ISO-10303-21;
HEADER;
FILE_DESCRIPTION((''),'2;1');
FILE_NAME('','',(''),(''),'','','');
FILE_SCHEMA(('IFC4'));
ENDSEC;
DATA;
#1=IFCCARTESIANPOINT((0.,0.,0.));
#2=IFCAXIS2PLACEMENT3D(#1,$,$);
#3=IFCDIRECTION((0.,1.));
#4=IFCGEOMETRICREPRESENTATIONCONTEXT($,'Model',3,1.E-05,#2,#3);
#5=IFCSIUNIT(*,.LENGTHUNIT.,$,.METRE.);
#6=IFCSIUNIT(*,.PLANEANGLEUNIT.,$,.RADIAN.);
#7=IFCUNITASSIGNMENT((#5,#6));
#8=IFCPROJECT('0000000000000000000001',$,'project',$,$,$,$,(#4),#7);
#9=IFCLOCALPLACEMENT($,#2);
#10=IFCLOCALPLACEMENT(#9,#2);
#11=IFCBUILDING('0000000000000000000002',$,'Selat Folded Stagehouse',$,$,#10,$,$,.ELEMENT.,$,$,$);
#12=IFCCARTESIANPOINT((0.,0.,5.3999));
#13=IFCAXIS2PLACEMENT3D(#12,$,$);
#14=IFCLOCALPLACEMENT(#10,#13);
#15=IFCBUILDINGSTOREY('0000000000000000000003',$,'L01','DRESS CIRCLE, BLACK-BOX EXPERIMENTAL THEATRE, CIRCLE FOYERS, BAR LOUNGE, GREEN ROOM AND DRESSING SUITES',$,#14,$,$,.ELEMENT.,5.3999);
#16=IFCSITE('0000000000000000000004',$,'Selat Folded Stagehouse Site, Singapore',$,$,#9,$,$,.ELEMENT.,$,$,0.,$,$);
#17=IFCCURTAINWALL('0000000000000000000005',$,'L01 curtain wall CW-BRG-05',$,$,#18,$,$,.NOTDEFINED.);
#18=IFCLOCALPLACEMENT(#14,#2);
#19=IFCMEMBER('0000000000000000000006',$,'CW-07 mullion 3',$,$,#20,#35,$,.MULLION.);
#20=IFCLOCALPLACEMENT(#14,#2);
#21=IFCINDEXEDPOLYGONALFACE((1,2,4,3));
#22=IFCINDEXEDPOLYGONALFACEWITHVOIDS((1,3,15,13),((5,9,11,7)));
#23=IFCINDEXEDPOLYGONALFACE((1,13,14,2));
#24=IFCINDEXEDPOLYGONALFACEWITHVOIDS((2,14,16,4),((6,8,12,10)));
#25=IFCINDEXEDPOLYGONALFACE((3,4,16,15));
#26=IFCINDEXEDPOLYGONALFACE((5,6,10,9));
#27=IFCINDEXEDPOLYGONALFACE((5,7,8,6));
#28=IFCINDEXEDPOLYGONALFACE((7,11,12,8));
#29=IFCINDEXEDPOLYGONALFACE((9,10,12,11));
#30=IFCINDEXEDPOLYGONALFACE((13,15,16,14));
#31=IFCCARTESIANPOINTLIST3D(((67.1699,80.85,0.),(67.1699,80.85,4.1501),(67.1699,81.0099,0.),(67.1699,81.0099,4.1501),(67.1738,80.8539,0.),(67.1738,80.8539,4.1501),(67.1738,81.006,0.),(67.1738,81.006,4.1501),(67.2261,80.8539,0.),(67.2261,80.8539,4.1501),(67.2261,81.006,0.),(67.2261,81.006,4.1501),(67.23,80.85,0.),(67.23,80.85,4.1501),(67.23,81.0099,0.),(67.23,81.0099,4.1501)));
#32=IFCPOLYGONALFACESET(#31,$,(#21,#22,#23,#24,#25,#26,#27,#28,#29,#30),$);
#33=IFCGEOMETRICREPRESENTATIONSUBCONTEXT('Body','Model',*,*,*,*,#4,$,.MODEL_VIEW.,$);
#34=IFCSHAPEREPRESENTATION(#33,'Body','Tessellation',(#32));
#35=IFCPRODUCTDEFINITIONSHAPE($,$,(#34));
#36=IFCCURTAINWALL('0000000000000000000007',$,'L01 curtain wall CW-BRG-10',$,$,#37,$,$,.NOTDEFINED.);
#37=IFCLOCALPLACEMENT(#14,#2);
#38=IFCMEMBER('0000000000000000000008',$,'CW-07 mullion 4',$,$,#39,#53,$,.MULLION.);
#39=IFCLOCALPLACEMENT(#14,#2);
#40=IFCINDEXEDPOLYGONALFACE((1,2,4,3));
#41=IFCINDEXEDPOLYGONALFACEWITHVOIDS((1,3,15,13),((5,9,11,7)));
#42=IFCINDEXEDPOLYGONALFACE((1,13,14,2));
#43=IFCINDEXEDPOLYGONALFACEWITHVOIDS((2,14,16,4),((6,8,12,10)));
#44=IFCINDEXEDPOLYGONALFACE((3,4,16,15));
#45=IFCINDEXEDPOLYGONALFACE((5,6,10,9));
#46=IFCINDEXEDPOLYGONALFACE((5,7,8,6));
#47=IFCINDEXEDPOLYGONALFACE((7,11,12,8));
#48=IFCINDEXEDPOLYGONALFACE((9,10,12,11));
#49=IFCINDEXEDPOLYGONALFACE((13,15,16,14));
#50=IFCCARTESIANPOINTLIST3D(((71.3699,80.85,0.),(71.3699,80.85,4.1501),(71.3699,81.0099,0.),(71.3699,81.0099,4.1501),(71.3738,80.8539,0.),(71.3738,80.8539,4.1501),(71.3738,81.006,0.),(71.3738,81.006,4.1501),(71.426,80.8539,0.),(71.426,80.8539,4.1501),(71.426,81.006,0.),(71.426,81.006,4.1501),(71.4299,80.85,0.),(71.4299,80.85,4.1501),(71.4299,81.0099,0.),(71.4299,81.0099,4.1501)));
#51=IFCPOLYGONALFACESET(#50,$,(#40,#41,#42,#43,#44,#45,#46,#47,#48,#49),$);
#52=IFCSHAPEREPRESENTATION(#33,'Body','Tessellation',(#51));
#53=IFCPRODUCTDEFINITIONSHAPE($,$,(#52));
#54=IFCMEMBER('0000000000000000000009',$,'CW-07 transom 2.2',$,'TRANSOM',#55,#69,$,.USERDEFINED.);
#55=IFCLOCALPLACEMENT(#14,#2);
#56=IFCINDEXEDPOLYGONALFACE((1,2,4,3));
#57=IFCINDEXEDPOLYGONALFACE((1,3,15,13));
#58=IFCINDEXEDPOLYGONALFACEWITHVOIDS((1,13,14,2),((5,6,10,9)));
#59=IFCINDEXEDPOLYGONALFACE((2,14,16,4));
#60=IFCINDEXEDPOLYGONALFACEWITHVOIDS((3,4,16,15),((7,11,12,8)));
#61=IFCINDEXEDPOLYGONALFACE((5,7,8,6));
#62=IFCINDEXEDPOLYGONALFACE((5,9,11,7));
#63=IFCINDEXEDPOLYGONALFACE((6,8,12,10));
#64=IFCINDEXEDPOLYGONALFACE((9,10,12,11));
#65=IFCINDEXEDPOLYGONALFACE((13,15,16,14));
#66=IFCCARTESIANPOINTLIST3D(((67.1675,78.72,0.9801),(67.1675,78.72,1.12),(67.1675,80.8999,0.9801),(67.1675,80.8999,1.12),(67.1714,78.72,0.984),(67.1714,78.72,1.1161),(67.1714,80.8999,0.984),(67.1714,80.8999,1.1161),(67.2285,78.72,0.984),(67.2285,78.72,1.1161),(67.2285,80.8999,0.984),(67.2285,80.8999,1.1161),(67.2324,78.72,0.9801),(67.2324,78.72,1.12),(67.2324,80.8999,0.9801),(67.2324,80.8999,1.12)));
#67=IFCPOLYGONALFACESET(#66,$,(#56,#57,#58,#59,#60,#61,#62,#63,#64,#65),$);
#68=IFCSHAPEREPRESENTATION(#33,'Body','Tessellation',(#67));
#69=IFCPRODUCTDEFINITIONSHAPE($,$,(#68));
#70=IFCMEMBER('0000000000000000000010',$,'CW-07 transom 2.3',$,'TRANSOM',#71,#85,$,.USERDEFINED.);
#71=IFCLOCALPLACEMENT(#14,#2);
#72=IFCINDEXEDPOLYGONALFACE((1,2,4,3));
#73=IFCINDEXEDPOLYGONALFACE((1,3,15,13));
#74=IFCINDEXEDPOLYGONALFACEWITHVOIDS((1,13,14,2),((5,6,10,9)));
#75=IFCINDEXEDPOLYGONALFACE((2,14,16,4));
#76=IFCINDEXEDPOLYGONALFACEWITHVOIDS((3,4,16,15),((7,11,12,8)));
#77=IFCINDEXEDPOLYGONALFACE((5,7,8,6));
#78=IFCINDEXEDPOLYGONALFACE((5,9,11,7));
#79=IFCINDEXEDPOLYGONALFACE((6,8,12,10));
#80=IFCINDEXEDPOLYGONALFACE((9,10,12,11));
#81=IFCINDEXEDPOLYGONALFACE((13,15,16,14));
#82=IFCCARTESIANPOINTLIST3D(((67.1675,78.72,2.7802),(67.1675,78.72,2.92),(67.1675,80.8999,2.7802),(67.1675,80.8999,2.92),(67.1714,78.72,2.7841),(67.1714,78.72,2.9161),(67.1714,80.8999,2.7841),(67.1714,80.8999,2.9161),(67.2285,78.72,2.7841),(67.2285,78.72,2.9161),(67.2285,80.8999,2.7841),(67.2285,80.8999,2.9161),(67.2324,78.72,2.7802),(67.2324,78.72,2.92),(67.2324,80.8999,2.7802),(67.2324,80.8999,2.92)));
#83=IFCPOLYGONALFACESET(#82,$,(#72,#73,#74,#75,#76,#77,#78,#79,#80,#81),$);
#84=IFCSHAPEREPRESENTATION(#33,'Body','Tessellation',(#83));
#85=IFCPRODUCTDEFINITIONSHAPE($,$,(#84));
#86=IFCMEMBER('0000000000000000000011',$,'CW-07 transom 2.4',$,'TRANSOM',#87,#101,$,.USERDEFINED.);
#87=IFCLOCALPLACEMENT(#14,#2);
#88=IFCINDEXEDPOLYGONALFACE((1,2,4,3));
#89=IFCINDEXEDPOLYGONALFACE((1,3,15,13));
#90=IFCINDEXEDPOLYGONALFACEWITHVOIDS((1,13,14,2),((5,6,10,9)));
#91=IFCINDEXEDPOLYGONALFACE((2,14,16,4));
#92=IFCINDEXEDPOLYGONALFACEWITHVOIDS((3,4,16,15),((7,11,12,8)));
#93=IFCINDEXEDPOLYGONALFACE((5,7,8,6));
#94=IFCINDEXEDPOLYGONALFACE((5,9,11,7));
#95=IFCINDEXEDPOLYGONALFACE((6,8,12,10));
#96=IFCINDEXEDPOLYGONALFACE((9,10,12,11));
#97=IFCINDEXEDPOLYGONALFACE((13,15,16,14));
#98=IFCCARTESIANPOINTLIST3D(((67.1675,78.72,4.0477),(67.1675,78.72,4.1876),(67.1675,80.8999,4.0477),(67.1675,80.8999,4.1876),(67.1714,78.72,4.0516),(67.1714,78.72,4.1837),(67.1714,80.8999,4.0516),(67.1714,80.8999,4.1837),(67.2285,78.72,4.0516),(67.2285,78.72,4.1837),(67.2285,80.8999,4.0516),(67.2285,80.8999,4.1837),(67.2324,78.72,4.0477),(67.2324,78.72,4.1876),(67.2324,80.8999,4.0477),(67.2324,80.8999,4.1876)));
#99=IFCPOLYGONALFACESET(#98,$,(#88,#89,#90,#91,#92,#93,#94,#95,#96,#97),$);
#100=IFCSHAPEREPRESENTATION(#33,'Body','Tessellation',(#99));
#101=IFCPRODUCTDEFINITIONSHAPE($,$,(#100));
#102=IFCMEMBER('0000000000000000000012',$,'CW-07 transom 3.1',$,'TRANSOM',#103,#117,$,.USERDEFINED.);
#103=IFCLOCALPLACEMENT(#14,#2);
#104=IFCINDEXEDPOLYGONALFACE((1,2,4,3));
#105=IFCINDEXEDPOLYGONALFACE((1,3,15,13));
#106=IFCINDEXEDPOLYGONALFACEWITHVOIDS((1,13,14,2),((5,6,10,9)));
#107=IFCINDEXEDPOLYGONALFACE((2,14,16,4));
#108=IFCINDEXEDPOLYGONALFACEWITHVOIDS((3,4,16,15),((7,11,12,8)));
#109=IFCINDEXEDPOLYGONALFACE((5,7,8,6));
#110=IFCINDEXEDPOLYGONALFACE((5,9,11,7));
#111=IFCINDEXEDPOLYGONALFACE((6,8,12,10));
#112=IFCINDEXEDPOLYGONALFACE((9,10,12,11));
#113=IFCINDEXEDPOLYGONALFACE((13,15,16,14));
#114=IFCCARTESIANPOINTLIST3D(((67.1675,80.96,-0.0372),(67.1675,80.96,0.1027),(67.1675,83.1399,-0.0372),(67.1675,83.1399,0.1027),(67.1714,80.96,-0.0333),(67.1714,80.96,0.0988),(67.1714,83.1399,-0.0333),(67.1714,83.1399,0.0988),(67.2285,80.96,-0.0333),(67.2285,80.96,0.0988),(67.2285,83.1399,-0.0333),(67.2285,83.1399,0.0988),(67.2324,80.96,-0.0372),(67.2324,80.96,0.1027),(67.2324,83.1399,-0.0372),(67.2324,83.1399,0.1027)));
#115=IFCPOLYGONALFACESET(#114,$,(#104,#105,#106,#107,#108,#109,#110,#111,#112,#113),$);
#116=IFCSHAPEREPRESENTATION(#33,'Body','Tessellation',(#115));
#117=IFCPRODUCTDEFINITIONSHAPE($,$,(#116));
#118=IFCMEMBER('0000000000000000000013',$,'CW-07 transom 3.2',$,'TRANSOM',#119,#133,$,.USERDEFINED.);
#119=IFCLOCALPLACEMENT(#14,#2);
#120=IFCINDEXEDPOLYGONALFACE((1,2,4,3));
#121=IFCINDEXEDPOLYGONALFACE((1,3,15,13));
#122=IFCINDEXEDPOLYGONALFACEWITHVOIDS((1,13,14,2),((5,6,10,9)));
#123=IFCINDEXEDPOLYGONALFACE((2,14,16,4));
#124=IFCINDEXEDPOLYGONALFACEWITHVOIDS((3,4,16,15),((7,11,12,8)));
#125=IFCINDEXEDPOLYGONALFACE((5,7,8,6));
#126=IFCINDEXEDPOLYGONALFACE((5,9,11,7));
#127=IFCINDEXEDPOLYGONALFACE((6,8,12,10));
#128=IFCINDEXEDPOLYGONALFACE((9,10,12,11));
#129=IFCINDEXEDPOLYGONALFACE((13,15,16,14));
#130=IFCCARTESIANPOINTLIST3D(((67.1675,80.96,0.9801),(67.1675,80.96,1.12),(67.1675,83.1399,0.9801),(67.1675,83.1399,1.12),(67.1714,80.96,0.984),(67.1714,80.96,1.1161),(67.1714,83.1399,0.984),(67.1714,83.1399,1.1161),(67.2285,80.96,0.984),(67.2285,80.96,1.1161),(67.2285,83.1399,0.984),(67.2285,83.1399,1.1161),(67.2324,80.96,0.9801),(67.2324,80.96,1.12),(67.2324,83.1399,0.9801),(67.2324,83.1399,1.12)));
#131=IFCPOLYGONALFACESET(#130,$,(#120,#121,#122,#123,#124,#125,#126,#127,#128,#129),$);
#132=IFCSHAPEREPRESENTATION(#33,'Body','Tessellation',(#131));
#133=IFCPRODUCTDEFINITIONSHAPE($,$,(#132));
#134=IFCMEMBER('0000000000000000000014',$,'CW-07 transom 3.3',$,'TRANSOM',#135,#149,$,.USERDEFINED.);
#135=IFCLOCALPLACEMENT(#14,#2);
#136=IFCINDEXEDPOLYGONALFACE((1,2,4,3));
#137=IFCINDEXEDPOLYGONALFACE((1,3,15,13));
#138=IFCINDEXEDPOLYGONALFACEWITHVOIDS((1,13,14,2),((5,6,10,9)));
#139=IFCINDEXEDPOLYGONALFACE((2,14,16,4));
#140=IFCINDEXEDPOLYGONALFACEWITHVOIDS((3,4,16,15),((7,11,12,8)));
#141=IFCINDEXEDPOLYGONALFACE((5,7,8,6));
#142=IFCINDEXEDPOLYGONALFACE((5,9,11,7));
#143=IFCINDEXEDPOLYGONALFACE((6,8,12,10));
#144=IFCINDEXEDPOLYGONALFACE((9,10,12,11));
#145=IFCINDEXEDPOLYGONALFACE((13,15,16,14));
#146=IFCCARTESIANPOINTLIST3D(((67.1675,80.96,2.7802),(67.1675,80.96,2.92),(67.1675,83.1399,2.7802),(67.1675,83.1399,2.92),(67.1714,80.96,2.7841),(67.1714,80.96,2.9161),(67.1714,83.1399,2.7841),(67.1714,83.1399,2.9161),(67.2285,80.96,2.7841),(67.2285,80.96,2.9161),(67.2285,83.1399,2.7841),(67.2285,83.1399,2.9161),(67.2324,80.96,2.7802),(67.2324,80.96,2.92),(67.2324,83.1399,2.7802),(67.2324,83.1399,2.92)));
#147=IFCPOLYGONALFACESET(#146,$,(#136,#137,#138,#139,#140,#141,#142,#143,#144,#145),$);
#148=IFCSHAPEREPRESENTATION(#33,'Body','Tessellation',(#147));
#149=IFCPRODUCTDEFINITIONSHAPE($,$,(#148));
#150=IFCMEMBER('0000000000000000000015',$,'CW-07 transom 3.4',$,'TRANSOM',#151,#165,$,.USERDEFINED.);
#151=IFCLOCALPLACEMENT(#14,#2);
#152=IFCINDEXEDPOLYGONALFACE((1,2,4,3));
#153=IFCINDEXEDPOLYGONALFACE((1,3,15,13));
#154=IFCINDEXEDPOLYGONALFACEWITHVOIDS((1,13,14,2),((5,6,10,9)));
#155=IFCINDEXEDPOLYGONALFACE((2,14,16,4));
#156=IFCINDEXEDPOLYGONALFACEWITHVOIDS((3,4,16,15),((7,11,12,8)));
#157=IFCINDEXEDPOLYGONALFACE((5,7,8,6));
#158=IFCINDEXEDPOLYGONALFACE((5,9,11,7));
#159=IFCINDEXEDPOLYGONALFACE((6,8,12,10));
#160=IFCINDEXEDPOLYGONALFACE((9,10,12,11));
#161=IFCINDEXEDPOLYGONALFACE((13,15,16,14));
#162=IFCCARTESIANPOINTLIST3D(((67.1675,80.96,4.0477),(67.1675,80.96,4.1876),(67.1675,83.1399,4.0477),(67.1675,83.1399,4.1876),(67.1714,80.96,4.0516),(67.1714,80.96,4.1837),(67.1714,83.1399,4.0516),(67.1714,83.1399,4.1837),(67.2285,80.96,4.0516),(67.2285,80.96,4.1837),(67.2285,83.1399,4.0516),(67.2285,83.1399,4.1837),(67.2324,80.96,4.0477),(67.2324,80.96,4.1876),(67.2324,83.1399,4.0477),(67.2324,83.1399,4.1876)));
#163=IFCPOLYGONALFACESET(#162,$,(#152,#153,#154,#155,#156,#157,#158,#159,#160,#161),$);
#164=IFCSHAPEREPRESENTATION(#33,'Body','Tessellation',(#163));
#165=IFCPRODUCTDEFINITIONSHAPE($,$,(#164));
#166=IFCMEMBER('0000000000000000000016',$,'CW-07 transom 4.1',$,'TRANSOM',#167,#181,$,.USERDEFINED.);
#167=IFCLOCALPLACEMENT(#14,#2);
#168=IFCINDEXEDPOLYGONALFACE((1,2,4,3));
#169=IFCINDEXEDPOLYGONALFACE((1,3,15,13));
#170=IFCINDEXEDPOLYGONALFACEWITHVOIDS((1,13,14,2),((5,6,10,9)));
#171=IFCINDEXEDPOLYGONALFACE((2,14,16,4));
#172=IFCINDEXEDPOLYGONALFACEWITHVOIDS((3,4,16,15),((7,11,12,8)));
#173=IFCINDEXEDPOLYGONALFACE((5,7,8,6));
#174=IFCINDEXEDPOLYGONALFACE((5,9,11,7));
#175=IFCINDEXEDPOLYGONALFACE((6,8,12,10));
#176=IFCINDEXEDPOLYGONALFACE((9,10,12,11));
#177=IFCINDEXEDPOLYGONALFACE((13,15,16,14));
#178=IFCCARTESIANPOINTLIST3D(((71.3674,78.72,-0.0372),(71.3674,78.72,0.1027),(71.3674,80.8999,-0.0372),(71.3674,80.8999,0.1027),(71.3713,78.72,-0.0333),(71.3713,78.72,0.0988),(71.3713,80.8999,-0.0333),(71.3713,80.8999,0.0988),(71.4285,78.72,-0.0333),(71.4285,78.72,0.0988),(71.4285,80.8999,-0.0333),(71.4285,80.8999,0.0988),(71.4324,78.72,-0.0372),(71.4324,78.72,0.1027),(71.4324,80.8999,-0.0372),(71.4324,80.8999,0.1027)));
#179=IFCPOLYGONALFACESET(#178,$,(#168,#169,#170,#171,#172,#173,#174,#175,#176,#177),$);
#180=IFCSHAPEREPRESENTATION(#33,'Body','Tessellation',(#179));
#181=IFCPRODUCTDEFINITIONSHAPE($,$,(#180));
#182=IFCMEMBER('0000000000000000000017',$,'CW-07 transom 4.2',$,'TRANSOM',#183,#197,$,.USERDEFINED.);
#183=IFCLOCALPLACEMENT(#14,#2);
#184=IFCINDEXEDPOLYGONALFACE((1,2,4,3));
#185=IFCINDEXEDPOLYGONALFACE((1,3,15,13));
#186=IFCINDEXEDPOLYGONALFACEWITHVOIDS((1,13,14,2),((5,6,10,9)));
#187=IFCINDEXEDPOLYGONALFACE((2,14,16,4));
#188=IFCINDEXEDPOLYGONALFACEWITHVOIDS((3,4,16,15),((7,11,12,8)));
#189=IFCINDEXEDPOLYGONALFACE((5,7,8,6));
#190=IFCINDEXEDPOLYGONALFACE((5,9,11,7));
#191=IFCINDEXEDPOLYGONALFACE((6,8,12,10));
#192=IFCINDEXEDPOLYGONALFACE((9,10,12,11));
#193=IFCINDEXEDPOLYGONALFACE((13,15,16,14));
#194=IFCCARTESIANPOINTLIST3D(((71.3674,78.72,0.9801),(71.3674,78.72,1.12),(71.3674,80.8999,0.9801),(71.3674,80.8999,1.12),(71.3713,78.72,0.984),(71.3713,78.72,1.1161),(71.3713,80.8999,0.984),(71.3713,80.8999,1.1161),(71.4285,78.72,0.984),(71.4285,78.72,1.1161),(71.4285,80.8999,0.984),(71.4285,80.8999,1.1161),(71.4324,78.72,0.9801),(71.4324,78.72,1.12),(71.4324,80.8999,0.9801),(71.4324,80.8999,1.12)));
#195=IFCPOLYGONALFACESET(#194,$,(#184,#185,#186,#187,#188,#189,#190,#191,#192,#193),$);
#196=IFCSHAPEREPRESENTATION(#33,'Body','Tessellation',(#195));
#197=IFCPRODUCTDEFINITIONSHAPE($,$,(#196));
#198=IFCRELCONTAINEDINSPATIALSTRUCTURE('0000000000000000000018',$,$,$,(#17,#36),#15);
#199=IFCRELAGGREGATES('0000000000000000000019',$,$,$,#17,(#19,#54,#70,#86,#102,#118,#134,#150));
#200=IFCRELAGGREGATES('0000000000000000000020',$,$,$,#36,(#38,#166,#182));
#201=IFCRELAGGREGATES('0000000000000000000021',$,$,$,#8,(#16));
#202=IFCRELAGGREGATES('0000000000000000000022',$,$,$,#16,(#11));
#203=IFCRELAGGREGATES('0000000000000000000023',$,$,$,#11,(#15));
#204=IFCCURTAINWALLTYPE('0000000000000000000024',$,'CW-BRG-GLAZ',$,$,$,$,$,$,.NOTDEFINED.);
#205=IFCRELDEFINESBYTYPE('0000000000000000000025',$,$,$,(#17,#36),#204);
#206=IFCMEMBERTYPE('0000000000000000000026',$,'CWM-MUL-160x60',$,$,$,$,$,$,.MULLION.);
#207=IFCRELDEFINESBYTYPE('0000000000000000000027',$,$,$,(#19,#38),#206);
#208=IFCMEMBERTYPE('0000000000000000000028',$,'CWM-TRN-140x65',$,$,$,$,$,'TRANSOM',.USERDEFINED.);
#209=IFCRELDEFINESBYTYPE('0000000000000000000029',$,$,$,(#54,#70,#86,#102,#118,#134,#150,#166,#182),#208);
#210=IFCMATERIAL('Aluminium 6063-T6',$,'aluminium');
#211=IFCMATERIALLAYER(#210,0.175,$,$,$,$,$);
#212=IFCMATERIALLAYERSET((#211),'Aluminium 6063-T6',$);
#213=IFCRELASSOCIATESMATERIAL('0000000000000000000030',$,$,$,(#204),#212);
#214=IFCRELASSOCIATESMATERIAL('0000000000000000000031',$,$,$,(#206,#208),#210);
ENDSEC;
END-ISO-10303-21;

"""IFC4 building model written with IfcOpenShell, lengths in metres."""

from ifc_helpers import new_model, si_unit, direction, frame, origin, origin_2d, place, context, subcontext, project, spatial, hollow_rectangle, extrude, material, layer, layer_set, material_profile, profile_set, type_object, element, aggregate, save


model = new_model("IFC4")

# Units and contexts
model_context = context("Model", 3, precision=1e-05, world=origin(), true_north=direction((0.0, 1.0)))
body_context = subcontext(model_context, "Body", "Model", "MODEL_VIEW")
ifc_project = project(units=[si_unit("LENGTHUNIT", "METRE"), si_unit("PLANEANGLEUNIT", "RADIAN")], contexts=[model_context])

# Site, building, storey
site_placement = place(None, origin())
site = spatial("IfcSite", under=ifc_project, at=site_placement, Name="Selat Folded Stagehouse Site, Singapore", CompositionType="ELEMENT", RefElevation=0.0)
building_placement = place(site_placement, origin())
building = spatial("IfcBuilding", under=site, at=building_placement, Name="Selat Folded Stagehouse", CompositionType="ELEMENT")
storey_placement = place(building_placement, frame((0.0, 0.0, 5.3999)))
storey = spatial("IfcBuildingStorey", under=building, at=storey_placement, Name="L01", Description="DRESS CIRCLE, BLACK-BOX EXPERIMENTAL THEATRE, CIRCLE FOYERS, BAR LOUNGE, GREEN ROOM AND DRESSING SUITES", CompositionType="ELEMENT", Elevation=5.3999)

# Curtain walls, members
ifc_material_1 = material(Name="Aluminium 6063-T6", Category="aluminium")
ifc_layer_1 = layer(ifc_material_1, 0.175)
ifc_layer_set_1 = layer_set([ifc_layer_1], Name="Aluminium 6063-T6")
curtain_wall_type = type_object("IfcCurtainWallType", Name="CW-BRG-GLAZ", PredefinedType="NOTDEFINED", material=ifc_layer_set_1)
curtain_wall_1_placement = place(storey_placement, origin())
curtain_wall_1 = element("IfcCurtainWall", 1, at=curtain_wall_1_placement, inside=storey, type_object=curtain_wall_type, Name="L01 curtain wall CW-BRG-05", PredefinedType="NOTDEFINED")
ifc_material_profile_1 = material_profile(ifc_material_1, hollow_rectangle(XDim=0.0601, YDim=0.1599, WallThickness=0.0039, at=origin_2d()), Name="ALU 160x60x4.0")
ifc_profile_set_1 = profile_set([ifc_material_profile_1], Name="Aluminium 6063-T6")
member_type_1 = type_object("IfcMemberType", Name="CWM-MUL-160x60", PredefinedType="MULLION", material=ifc_profile_set_1)
member_1_placement = place(storey_placement, frame((67.2, 80.9299, 0.0), z_axis=(0.0, 0.0, 1.0), x_axis=(-1.0, 0.0, 0.0)))
member_1 = element("IfcMember", 2, at=member_1_placement, type_object=member_type_1, Name="CW-07 mullion 3", PredefinedType="MULLION", context=body_context, shape_type="SweptSolid", body=[
    extrude(hollow_rectangle(XDim=0.0601, YDim=0.1599, WallThickness=0.0039, at=origin_2d()), origin(), (0.0, 0.0, 1.0), 4.1501),
])
curtain_wall_2_placement = place(storey_placement, origin())
curtain_wall_2 = element("IfcCurtainWall", 3, at=curtain_wall_2_placement, inside=storey, type_object=curtain_wall_type, Name="L01 curtain wall CW-BRG-10", PredefinedType="NOTDEFINED")
member_2_placement = place(storey_placement, frame((71.3999, 80.9299, 0.0), z_axis=(0.0, 0.0, 1.0), x_axis=(1.0, 0.0, 0.0)))
member_2 = element("IfcMember", 4, at=member_2_placement, type_object=member_type_1, Name="CW-07 mullion 4", PredefinedType="MULLION", context=body_context, shape_type="SweptSolid", body=[
    extrude(hollow_rectangle(XDim=0.0601, YDim=0.1599, WallThickness=0.0039, at=origin_2d()), origin(), (0.0, 0.0, 1.0), 4.1501),
])

# Members
ifc_material_profile_2 = material_profile(ifc_material_1, hollow_rectangle(XDim=0.0649, YDim=0.1399, WallThickness=0.0039, at=origin_2d()), Name="ALU 140x65x4.0")
ifc_profile_set_2 = profile_set([ifc_material_profile_2], Name="Aluminium 6063-T6")
member_type_2 = type_object("IfcMemberType", Name="CWM-TRN-140x65", ElementType="TRANSOM", PredefinedType="USERDEFINED", material=ifc_profile_set_2)
member_3_placement = place(storey_placement, frame((67.2, 78.72, 1.05), z_axis=(0.0, 1.0, 0.0), x_axis=(-1.0, 0.0, 0.0)))
member_3 = element("IfcMember", 5, at=member_3_placement, type_object=member_type_2, Name="CW-07 transom 2.2", ObjectType="TRANSOM", PredefinedType="USERDEFINED", context=body_context, shape_type="SweptSolid", body=[
    extrude(hollow_rectangle(XDim=0.0649, YDim=0.1399, WallThickness=0.0039, at=origin_2d()), origin(), (0.0, 0.0, 1.0), 2.1799),
])
member_4_placement = place(storey_placement, frame((67.2, 78.72, 2.8501), z_axis=(0.0, 1.0, 0.0), x_axis=(-1.0, 0.0, 0.0)))
member_4 = element("IfcMember", 6, at=member_4_placement, type_object=member_type_2, Name="CW-07 transom 2.3", ObjectType="TRANSOM", PredefinedType="USERDEFINED", context=body_context, shape_type="SweptSolid", body=[
    extrude(hollow_rectangle(XDim=0.0649, YDim=0.1399, WallThickness=0.0039, at=origin_2d()), origin(), (0.0, 0.0, 1.0), 2.1799),
])
member_5_placement = place(storey_placement, frame((67.2, 78.72, 4.1177), z_axis=(0.0, 1.0, 0.0), x_axis=(-1.0, 0.0, 0.0)))
member_5 = element("IfcMember", 7, at=member_5_placement, type_object=member_type_2, Name="CW-07 transom 2.4", ObjectType="TRANSOM", PredefinedType="USERDEFINED", context=body_context, shape_type="SweptSolid", body=[
    extrude(hollow_rectangle(XDim=0.0649, YDim=0.1399, WallThickness=0.0039, at=origin_2d()), origin(), (0.0, 0.0, 1.0), 2.1799),
])
member_6_placement = place(storey_placement, frame((67.2, 80.96, 0.0327), z_axis=(0.0, 1.0, 0.0), x_axis=(-1.0, 0.0, 0.0)))
member_6 = element("IfcMember", 8, at=member_6_placement, type_object=member_type_2, Name="CW-07 transom 3.1", ObjectType="TRANSOM", PredefinedType="USERDEFINED", context=body_context, shape_type="SweptSolid", body=[
    extrude(hollow_rectangle(XDim=0.0649, YDim=0.1399, WallThickness=0.0039, at=origin_2d()), origin(), (0.0, 0.0, 1.0), 2.1799),
])
member_7_placement = place(storey_placement, frame((67.2, 80.96, 1.05), z_axis=(0.0, 1.0, 0.0), x_axis=(-1.0, 0.0, 0.0)))
member_7 = element("IfcMember", 9, at=member_7_placement, type_object=member_type_2, Name="CW-07 transom 3.2", ObjectType="TRANSOM", PredefinedType="USERDEFINED", context=body_context, shape_type="SweptSolid", body=[
    extrude(hollow_rectangle(XDim=0.0649, YDim=0.1399, WallThickness=0.0039, at=origin_2d()), origin(), (0.0, 0.0, 1.0), 2.1799),
])
member_8_placement = place(storey_placement, frame((67.2, 80.96, 2.8501), z_axis=(0.0, 1.0, 0.0), x_axis=(-1.0, 0.0, 0.0)))
member_8 = element("IfcMember", 10, at=member_8_placement, type_object=member_type_2, Name="CW-07 transom 3.3", ObjectType="TRANSOM", PredefinedType="USERDEFINED", context=body_context, shape_type="SweptSolid", body=[
    extrude(hollow_rectangle(XDim=0.0649, YDim=0.1399, WallThickness=0.0039, at=origin_2d()), origin(), (0.0, 0.0, 1.0), 2.1799),
])
member_9_placement = place(storey_placement, frame((67.2, 80.96, 4.1177), z_axis=(0.0, 1.0, 0.0), x_axis=(-1.0, 0.0, 0.0)))
member_9 = element("IfcMember", 11, at=member_9_placement, type_object=member_type_2, Name="CW-07 transom 3.4", ObjectType="TRANSOM", PredefinedType="USERDEFINED", context=body_context, shape_type="SweptSolid", body=[
    extrude(hollow_rectangle(XDim=0.0649, YDim=0.1399, WallThickness=0.0039, at=origin_2d()), origin(), (0.0, 0.0, 1.0), 2.1799),
])
member_10_placement = place(storey_placement, frame((71.3999, 80.8999, 0.0327), z_axis=(0.0, -1.0, 0.0), x_axis=(1.0, 0.0, 0.0)))
member_10 = element("IfcMember", 12, at=member_10_placement, type_object=member_type_2, Name="CW-07 transom 4.1", ObjectType="TRANSOM", PredefinedType="USERDEFINED", context=body_context, shape_type="SweptSolid", body=[
    extrude(hollow_rectangle(XDim=0.0649, YDim=0.1399, WallThickness=0.0039, at=origin_2d()), origin(), (0.0, 0.0, 1.0), 2.1799),
])
member_11_placement = place(storey_placement, frame((71.3999, 80.8999, 1.05), z_axis=(0.0, -1.0, 0.0), x_axis=(1.0, 0.0, 0.0)))
member_11 = element("IfcMember", 13, at=member_11_placement, type_object=member_type_2, Name="CW-07 transom 4.2", ObjectType="TRANSOM", PredefinedType="USERDEFINED", context=body_context, shape_type="SweptSolid", body=[
    extrude(hollow_rectangle(XDim=0.0649, YDim=0.1399, WallThickness=0.0039, at=origin_2d()), origin(), (0.0, 0.0, 1.0), 2.1799),
])

aggregate(curtain_wall_1, [member_1, member_3, member_4, member_5, member_6, member_7, member_8, member_9])
aggregate(curtain_wall_2, [member_2, member_10, member_11])

save(model, "model.ifc")
